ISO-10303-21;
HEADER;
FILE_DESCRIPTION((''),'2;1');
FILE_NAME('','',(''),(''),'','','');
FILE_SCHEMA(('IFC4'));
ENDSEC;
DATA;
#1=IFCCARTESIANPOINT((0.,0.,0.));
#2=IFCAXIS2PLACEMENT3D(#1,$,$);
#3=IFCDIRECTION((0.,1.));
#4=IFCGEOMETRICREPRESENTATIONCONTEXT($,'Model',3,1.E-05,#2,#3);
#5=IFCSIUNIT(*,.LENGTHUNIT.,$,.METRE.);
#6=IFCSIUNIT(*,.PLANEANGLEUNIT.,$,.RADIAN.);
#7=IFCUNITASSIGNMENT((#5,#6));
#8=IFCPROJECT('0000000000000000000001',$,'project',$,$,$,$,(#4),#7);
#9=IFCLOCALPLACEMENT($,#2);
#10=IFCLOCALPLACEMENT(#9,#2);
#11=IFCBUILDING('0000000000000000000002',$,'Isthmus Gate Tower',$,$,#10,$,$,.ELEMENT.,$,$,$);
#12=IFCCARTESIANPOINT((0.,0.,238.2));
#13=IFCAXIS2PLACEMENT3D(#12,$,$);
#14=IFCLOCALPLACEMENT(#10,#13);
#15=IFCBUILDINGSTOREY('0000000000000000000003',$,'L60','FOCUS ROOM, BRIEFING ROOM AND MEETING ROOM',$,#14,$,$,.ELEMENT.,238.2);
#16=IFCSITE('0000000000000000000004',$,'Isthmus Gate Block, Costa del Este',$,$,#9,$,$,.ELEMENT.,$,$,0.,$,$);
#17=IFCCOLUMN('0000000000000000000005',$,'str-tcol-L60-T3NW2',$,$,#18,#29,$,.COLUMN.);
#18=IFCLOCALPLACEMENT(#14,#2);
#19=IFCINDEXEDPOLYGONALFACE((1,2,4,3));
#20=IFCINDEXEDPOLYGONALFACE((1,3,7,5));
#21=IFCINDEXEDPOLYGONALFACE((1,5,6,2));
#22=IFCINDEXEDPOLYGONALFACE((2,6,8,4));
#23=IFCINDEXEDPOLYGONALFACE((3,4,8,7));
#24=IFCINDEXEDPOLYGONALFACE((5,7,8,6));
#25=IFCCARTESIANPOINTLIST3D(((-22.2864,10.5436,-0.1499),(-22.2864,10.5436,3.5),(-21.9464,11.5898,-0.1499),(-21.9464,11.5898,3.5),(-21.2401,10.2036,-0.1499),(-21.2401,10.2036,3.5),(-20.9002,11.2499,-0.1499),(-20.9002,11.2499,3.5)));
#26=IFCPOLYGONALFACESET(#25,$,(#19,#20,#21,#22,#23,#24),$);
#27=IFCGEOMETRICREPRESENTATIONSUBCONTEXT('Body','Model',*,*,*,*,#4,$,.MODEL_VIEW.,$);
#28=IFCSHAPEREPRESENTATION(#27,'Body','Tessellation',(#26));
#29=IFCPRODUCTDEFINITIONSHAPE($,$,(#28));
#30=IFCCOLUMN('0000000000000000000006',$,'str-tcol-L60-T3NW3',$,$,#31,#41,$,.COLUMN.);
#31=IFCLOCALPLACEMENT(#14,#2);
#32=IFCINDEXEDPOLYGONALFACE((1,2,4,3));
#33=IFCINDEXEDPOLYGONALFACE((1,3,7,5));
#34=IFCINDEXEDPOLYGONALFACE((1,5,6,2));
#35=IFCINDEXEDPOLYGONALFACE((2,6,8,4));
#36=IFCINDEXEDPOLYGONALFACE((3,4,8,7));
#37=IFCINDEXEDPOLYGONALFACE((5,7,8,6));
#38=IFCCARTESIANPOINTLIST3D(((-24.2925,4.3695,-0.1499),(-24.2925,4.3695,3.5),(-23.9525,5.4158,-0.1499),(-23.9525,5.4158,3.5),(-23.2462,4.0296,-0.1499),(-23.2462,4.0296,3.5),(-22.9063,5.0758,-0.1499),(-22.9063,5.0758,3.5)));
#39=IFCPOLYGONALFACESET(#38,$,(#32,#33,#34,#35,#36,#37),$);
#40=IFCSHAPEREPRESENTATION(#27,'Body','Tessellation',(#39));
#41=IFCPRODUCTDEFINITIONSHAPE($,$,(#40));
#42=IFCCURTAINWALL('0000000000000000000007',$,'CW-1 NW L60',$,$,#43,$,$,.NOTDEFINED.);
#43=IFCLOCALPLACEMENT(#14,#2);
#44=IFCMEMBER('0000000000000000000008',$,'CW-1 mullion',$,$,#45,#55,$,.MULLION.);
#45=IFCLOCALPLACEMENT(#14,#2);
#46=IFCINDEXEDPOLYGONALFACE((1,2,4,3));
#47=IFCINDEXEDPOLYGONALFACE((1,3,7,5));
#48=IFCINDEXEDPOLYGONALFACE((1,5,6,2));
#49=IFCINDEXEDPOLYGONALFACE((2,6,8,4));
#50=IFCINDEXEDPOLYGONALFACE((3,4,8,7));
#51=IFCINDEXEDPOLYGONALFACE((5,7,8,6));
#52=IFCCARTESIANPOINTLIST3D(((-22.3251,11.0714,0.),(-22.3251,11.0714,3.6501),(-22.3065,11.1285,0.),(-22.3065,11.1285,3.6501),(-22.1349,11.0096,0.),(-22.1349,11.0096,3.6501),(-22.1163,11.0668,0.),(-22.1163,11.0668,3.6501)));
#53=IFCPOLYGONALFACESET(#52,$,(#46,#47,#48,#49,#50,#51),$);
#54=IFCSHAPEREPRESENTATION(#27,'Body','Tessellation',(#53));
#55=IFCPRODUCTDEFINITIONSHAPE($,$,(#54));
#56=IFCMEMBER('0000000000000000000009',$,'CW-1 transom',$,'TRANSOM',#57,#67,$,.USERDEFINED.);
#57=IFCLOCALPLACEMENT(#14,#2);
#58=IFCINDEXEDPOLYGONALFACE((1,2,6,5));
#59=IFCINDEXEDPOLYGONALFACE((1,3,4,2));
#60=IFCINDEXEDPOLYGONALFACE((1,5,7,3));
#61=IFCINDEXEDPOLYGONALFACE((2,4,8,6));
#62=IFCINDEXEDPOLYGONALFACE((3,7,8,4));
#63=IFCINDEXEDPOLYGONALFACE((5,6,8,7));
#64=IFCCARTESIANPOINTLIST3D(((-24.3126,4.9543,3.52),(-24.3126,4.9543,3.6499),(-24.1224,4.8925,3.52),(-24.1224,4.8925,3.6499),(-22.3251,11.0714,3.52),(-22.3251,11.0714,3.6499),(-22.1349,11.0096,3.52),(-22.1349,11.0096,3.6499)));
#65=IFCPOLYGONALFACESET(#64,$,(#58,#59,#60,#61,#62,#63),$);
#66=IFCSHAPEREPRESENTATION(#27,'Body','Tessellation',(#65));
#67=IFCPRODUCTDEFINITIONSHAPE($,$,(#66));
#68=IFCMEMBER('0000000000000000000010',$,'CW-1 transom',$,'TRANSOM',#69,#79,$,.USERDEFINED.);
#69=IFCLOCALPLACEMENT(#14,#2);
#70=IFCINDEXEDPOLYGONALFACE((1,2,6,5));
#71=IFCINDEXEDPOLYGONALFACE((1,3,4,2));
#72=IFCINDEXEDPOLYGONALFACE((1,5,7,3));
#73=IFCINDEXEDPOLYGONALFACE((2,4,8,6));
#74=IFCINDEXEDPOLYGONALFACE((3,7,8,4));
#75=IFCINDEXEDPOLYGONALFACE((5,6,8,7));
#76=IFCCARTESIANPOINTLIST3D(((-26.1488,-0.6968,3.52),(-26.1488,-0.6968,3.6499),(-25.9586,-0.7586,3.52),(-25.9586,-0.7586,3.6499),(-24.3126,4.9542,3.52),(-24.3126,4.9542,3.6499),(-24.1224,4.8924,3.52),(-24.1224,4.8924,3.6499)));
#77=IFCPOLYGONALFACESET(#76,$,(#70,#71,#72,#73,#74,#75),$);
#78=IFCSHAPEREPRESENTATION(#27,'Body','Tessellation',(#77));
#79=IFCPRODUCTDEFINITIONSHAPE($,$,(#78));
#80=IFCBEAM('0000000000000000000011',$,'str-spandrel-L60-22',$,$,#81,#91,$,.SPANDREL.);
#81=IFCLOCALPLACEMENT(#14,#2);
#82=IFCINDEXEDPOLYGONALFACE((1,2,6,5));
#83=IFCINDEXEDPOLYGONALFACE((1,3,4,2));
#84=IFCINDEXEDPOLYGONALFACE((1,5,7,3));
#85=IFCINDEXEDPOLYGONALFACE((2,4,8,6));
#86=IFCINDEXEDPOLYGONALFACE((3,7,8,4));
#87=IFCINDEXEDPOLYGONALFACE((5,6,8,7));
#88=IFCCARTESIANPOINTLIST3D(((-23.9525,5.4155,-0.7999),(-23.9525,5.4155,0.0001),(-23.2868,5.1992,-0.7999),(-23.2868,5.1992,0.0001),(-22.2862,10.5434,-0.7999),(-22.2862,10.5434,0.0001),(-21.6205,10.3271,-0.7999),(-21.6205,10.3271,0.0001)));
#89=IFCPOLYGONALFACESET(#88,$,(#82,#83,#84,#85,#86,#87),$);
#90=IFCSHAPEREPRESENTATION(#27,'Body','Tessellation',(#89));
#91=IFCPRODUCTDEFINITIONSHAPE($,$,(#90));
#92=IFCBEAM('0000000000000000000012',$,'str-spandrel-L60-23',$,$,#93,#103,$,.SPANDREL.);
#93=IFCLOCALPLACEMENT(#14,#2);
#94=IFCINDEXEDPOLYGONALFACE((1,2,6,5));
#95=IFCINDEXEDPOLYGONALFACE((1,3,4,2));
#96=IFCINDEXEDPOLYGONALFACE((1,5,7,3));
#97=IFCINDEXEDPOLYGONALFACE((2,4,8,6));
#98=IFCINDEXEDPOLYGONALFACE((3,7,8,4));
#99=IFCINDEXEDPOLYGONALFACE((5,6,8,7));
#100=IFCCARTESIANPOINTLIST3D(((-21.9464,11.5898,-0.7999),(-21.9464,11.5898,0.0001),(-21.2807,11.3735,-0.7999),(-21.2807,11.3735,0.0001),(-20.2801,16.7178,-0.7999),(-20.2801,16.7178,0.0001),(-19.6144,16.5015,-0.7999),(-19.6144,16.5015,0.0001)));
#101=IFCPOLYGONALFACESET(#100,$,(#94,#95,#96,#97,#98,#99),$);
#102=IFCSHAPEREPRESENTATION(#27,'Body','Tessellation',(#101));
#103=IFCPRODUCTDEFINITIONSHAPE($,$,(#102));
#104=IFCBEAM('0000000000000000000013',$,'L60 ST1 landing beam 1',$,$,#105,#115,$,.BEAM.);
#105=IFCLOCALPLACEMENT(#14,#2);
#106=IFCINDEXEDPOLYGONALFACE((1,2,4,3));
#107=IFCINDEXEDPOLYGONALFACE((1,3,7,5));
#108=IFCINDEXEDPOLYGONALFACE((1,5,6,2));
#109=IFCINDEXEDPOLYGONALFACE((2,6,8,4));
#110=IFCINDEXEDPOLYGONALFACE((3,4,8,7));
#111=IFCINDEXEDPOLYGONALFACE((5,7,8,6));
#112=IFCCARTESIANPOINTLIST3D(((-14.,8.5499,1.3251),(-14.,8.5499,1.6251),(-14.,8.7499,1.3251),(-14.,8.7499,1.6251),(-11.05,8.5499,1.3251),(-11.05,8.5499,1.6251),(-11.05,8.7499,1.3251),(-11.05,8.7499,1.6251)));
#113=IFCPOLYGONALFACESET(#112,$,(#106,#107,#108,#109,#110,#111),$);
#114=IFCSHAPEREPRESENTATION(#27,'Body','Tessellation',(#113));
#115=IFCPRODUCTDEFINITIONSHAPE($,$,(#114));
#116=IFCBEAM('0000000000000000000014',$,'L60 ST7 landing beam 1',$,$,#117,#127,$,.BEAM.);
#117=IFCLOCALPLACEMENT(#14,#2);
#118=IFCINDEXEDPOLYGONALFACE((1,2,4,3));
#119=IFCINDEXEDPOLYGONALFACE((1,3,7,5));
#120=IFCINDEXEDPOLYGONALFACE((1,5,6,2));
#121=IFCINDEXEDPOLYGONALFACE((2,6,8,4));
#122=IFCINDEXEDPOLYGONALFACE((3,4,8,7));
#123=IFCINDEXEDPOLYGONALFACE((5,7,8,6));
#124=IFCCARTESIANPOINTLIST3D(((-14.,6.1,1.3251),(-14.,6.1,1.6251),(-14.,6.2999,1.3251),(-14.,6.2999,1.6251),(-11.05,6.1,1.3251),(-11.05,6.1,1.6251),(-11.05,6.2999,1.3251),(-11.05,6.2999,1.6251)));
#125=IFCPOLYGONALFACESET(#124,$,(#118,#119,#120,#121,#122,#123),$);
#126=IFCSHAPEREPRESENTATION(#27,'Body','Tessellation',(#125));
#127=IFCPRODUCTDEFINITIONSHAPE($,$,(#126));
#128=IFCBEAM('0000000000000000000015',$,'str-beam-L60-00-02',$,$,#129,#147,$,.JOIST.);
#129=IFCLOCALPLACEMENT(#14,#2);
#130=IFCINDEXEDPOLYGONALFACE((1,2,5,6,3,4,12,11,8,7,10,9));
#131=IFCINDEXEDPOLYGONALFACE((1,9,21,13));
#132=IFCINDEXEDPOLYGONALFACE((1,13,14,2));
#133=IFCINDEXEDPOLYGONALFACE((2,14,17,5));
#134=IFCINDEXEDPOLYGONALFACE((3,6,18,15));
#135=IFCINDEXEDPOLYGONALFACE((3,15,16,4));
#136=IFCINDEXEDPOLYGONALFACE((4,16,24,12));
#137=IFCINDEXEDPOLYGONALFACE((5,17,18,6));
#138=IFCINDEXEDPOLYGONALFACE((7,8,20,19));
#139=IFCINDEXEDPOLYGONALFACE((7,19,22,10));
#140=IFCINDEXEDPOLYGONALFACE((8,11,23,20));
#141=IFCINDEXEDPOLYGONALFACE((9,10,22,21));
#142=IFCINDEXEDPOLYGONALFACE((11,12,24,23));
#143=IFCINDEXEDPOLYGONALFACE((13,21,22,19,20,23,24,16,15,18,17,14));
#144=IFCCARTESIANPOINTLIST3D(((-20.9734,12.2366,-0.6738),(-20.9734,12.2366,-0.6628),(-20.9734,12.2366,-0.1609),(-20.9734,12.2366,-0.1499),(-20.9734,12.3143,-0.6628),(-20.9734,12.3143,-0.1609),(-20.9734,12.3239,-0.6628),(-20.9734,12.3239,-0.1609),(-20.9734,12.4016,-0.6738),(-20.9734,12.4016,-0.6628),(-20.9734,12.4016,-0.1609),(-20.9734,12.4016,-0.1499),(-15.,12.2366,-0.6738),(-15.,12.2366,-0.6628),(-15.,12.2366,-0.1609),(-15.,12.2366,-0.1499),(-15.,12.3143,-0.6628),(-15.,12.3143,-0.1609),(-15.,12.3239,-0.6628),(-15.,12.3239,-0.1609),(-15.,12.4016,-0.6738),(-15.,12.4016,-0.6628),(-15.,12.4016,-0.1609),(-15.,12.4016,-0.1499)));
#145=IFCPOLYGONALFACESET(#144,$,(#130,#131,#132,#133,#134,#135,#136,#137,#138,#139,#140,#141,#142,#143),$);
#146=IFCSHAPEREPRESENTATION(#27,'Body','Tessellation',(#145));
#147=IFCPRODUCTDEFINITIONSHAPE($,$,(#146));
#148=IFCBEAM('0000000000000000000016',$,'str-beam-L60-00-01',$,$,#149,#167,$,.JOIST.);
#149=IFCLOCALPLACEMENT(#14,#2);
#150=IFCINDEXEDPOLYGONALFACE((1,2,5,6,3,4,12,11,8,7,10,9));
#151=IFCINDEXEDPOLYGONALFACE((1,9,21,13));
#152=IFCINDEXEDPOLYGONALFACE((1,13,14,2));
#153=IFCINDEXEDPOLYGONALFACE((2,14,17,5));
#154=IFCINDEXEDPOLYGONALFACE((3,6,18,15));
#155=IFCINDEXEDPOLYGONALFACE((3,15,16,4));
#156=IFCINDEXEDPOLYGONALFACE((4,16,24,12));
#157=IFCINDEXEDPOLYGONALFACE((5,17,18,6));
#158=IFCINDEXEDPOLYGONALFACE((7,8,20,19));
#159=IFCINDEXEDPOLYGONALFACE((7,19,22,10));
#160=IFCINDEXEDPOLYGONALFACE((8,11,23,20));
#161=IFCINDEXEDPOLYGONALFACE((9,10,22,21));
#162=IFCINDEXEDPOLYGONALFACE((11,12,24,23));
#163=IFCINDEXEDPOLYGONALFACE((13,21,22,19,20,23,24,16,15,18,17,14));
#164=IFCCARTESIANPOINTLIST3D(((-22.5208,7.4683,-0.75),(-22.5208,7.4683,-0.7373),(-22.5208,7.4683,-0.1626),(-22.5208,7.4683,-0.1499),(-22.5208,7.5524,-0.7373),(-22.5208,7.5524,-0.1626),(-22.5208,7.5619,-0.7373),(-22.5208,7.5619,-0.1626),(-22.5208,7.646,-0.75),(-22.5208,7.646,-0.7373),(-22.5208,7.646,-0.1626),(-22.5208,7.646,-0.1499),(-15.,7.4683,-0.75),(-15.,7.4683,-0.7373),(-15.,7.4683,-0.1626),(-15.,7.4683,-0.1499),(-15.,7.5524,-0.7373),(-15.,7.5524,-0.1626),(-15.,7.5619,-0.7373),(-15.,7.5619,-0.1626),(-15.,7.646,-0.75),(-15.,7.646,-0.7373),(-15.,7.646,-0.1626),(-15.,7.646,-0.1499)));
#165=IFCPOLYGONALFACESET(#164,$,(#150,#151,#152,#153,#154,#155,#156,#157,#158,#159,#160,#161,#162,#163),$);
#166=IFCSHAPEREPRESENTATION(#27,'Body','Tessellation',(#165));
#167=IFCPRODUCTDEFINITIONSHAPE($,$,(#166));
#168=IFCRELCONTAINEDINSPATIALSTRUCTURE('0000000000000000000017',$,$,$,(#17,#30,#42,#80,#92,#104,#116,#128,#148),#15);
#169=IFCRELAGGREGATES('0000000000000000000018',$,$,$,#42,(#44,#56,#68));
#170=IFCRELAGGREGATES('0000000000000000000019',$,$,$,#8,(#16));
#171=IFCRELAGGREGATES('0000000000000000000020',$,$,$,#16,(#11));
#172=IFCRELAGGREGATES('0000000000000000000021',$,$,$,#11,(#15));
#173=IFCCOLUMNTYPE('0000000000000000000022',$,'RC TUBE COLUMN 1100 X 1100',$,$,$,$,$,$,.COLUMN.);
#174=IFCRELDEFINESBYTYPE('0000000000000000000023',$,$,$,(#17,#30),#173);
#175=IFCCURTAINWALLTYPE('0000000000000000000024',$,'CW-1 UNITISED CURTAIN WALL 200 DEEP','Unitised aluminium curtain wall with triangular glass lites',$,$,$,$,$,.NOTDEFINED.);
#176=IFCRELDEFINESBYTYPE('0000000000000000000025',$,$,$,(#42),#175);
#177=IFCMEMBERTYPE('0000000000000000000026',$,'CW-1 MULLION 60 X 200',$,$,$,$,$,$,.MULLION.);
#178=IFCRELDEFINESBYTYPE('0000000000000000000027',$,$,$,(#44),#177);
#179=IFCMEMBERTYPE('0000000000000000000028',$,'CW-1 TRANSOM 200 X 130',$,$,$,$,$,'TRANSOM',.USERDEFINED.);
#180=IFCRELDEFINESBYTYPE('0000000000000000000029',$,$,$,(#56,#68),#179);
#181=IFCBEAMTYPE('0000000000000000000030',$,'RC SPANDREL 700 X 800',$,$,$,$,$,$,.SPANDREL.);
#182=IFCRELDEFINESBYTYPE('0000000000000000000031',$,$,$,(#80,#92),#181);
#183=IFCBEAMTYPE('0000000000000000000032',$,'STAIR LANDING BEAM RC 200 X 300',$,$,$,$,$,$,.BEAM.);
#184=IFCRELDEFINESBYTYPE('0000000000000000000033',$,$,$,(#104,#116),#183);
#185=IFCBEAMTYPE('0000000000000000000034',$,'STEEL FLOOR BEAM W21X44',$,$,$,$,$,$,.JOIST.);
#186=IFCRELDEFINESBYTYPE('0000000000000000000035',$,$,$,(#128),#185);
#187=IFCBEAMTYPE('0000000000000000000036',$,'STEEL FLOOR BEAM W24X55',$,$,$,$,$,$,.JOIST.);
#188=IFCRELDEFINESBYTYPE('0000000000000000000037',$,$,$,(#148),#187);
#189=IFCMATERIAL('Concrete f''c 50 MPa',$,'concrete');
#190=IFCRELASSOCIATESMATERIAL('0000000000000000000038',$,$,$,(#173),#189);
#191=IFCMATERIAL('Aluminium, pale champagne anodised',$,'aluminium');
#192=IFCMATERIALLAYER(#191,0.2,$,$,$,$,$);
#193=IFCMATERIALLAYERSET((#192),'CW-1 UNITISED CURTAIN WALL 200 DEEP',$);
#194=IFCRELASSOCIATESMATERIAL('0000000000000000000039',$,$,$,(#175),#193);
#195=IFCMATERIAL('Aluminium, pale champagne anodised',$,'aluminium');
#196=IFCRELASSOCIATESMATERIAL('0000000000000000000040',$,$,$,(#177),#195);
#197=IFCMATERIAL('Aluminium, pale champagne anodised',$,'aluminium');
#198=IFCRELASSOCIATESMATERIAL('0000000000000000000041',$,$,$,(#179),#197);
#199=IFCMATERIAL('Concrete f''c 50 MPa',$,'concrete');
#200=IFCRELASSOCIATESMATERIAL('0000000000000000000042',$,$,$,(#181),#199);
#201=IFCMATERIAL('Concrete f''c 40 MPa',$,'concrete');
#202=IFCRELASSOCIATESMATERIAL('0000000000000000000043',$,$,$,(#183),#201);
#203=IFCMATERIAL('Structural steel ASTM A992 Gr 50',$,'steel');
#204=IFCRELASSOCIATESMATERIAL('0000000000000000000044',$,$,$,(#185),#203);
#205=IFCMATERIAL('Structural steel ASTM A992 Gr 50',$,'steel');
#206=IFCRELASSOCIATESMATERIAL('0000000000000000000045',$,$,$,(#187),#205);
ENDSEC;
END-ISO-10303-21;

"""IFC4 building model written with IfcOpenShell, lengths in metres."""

from ifc_helpers import new_model, si_unit, direction, frame, origin, origin_2d, place, context, subcontext, project, spatial, rectangle, i_section, extrude, material, layer, layer_set, material_profile, profile_set, type_object, element, aggregate, save


model = new_model("IFC4")

# Units and contexts
model_context = context("Model", 3, precision=1e-05, world=origin(), true_north=direction((0.0, 1.0)))
body_context = subcontext(model_context, "Body", "Model", "MODEL_VIEW")
ifc_project = project(units=[si_unit("LENGTHUNIT", "METRE"), si_unit("PLANEANGLEUNIT", "RADIAN")], contexts=[model_context])

# Site, building, storey
site_placement = place(None, origin())
site = spatial("IfcSite", under=ifc_project, at=site_placement, Name="Isthmus Gate Block, Costa del Este", CompositionType="ELEMENT", RefElevation=0.0)
building_placement = place(site_placement, origin())
building = spatial("IfcBuilding", under=site, at=building_placement, Name="Isthmus Gate Tower", CompositionType="ELEMENT")
storey_placement = place(building_placement, frame((0.0, 0.0, 238.2)))
storey = spatial("IfcBuildingStorey", under=building, at=storey_placement, Name="L60", Description="FOCUS ROOM, BRIEFING ROOM AND MEETING ROOM", CompositionType="ELEMENT", Elevation=238.2)

# Columns
ifc_material_1 = material(Name="Concrete f'c 50 MPa", Category="concrete")
ifc_material_profile_1 = material_profile(ifc_material_1, rectangle(XDim=1.1001, YDim=1.1001, at=origin_2d()), Name="RC 1100X1100")
ifc_profile_set_1 = profile_set([ifc_material_profile_1], Name="Concrete f'c 50 MPa")
column_type = type_object("IfcColumnType", Name="RC TUBE COLUMN 1100 X 1100", PredefinedType="COLUMN", material=ifc_profile_set_1)
for number, where, z_axis, x_axis, name in (
    (1, (-21.5933, 10.8967, -0.1499), (0.0, 0.0, 1.0), (-0.309017, -0.951057, 0.0), "str-tcol-L60-T3NW2"),
    (2, (-23.5994, 4.7227, -0.1499), (0.0, 0.0, 1.0), (-0.309017, -0.951057, 0.0), "str-tcol-L60-T3NW3"),
):
    element("IfcColumn", number, at=place(storey_placement, frame(where, z_axis=z_axis, x_axis=x_axis)), inside=storey, type_object=column_type, Name=name, PredefinedType="COLUMN", context=body_context, shape_type="SweptSolid", body=[
        extrude(rectangle(XDim=1.1001, YDim=1.1001, at=origin_2d()), origin(), (0.0, 0.0, 1.0), 3.6499),
    ])

# Curtain wall, members
ifc_material_2 = material(Name="Aluminium, pale champagne anodised", Category="aluminium")
ifc_layer_1 = layer(ifc_material_2, 0.2)
ifc_layer_set_1 = layer_set([ifc_layer_1], Name="CW-1 UNITISED CURTAIN WALL 200 DEEP")
curtain_wall_type = type_object("IfcCurtainWallType", Name="CW-1 UNITISED CURTAIN WALL 200 DEEP", Description="Unitised aluminium curtain wall with triangular glass lites", PredefinedType="NOTDEFINED", material=ifc_layer_set_1)
curtain_wall_placement = place(storey_placement, origin())
curtain_wall = element("IfcCurtainWall", 3, at=curtain_wall_placement, inside=storey, type_object=curtain_wall_type, Name="CW-1 NW L60", PredefinedType="NOTDEFINED")
ifc_material_3 = material(Name="Aluminium, pale champagne anodised", Category="aluminium")
ifc_material_profile_2 = material_profile(ifc_material_3, rectangle(XDim=0.0601, YDim=0.2, at=origin_2d()), Name="60x200")
ifc_profile_set_2 = profile_set([ifc_material_profile_2], Name="Aluminium, pale champagne anodised")
member_type_1 = type_object("IfcMemberType", Name="CW-1 MULLION 60 X 200", PredefinedType="MULLION", material=ifc_profile_set_2)
member_1_placement = place(storey_placement, frame((-22.2207, 11.0691, 0.0), z_axis=(0.0, 0.0, 1.0), x_axis=(-0.309017, -0.951057, 0.0)))
member_1 = element("IfcMember", 4, at=member_1_placement, type_object=member_type_1, Name="CW-1 mullion", PredefinedType="MULLION", context=body_context, shape_type="SweptSolid", body=[
    extrude(rectangle(XDim=0.0601, YDim=0.2, at=origin_2d()), origin(), (0.0, 0.0, 1.0), 3.6501),
])
ifc_material_4 = material(Name="Aluminium, pale champagne anodised", Category="aluminium")
ifc_material_profile_3 = material_profile(ifc_material_4, rectangle(XDim=0.2, YDim=0.1299, at=origin_2d()), Name="200x130")
ifc_profile_set_3 = profile_set([ifc_material_profile_3], Name="Aluminium, pale champagne anodised")
member_type_2 = type_object("IfcMemberType", Name="CW-1 TRANSOM 200 X 130", ElementType="TRANSOM", PredefinedType="USERDEFINED", material=ifc_profile_set_3)
member_2_placement = place(storey_placement, frame((-22.23, 11.0405, 3.585), z_axis=(-0.309011, -0.951059, 0.0), x_axis=(0.951059, -0.309011, 0.0)))
member_2 = element("IfcMember", 5, at=member_2_placement, type_object=member_type_2, Name="CW-1 transom", ObjectType="TRANSOM", PredefinedType="USERDEFINED", context=body_context, shape_type="SweptSolid", body=[
    extrude(rectangle(XDim=0.2, YDim=0.1299, at=origin_2d()), origin(), (0.0, 0.0, 1.0), 6.4319),
])
member_3_placement = place(storey_placement, frame((-24.2175, 4.9233, 3.585), z_axis=(-0.30902, -0.951056, 0.0), x_axis=(0.951056, -0.30902, 0.0)))
member_3 = element("IfcMember", 6, at=member_3_placement, type_object=member_type_2, Name="CW-1 transom", ObjectType="TRANSOM", PredefinedType="USERDEFINED", context=body_context, shape_type="SweptSolid", body=[
    extrude(rectangle(XDim=0.2, YDim=0.1299, at=origin_2d()), origin(), (0.0, 0.0, 1.0), 5.9419),
])

# Beams
ifc_material_5 = material(Name="Concrete f'c 50 MPa", Category="concrete")
ifc_material_profile_4 = material_profile(ifc_material_5, rectangle(XDim=0.7, YDim=0.8, at=origin_2d()), Name="RC 700X800")
ifc_profile_set_4 = profile_set([ifc_material_profile_4], Name="Concrete f'c 50 MPa")
beam_type_1 = type_object("IfcBeamType", Name="RC SPANDREL 700 X 800", PredefinedType="SPANDREL", material=ifc_profile_set_4)
for number, where, z_axis, x_axis, name in (
    (7, (-23.6196, 5.3074, -0.3999), (0.309033, 0.951051, 0.0), (-0.951051, 0.309033, 0.0), "str-spandrel-L60-22"),
    (8, (-21.6135, 11.4817, -0.3999), (0.309033, 0.951051, 0.0), (-0.951051, 0.309033, 0.0), "str-spandrel-L60-23"),
):
    element("IfcBeam", number, at=place(storey_placement, frame(where, z_axis=z_axis, x_axis=x_axis)), inside=storey, type_object=beam_type_1, Name=name, PredefinedType="SPANDREL", context=body_context, shape_type="SweptSolid", body=[
        extrude(rectangle(XDim=0.7, YDim=0.8, at=origin_2d()), origin(), (0.0, 0.0, 1.0), 5.3918),
    ])
ifc_material_6 = material(Name="Concrete f'c 40 MPa", Category="concrete")
ifc_material_profile_5 = material_profile(ifc_material_6, rectangle(XDim=0.2, YDim=0.3, at=origin_2d()), Name="STAIR LANDING BEAM RC 200 X 300")
ifc_profile_set_5 = profile_set([ifc_material_profile_5], Name="Concrete f'c 40 MPa")
beam_type_2 = type_object("IfcBeamType", Name="STAIR LANDING BEAM RC 200 X 300", PredefinedType="BEAM", material=ifc_profile_set_5)
for number, where, z_axis, x_axis, name in (
    (9, (-14.0, 8.6499, 1.4751), (1.0, 0.0, 0.0), (0.0, 1.0, 0.0), "L60 ST1 landing beam 1"),
    (10, (-14.0, 6.2, 1.4751), (1.0, 0.0, 0.0), (0.0, 1.0, 0.0), "L60 ST7 landing beam 1"),
):
    element("IfcBeam", number, at=place(storey_placement, frame(where, z_axis=z_axis, x_axis=x_axis)), inside=storey, type_object=beam_type_2, Name=name, PredefinedType="BEAM", context=body_context, shape_type="SweptSolid", body=[
        extrude(rectangle(XDim=0.2, YDim=0.3, at=origin_2d()), origin(), (0.0, 0.0, 1.0), 2.95),
    ])
ifc_material_7 = material(Name="Structural steel ASTM A992 Gr 50", Category="steel")
ifc_material_profile_6 = material_profile(ifc_material_7, i_section(OverallWidth=0.165, OverallDepth=0.5239, WebThickness=0.0095, FlangeThickness=0.011, at=origin_2d()), Name="W21X44")
ifc_profile_set_6 = profile_set([ifc_material_profile_6], Name="Structural steel ASTM A992 Gr 50")
beam_type_3 = type_object("IfcBeamType", Name="STEEL FLOOR BEAM W21X44", PredefinedType="JOIST", material=ifc_profile_set_6)
beam_1_placement = place(storey_placement, frame((-20.9734, 12.3191, -0.4119), z_axis=(1.0, 0.0, 0.0), x_axis=(0.0, 1.0, 0.0)))
element("IfcBeam", 11, at=beam_1_placement, inside=storey, type_object=beam_type_3, Name="str-beam-L60-00-02", PredefinedType="JOIST", context=body_context, shape_type="SweptSolid", body=[
    extrude(i_section(OverallWidth=0.165, OverallDepth=0.5239, WebThickness=0.0095, FlangeThickness=0.011, at=origin_2d()), origin(), (0.0, 0.0, 1.0), 5.9734),
])
ifc_material_8 = material(Name="Structural steel ASTM A992 Gr 50", Category="steel")
ifc_material_profile_7 = material_profile(ifc_material_8, i_section(OverallWidth=0.1777, OverallDepth=0.6001, WebThickness=0.0095, FlangeThickness=0.0127, at=origin_2d()), Name="W24X55")
ifc_profile_set_7 = profile_set([ifc_material_profile_7], Name="Structural steel ASTM A992 Gr 50")
beam_type_4 = type_object("IfcBeamType", Name="STEEL FLOOR BEAM W24X55", PredefinedType="JOIST", material=ifc_profile_set_7)
beam_2_placement = place(storey_placement, frame((-22.5208, 7.5571, -0.45), z_axis=(1.0, 0.0, 0.0), x_axis=(0.0, 1.0, 0.0)))
element("IfcBeam", 12, at=beam_2_placement, inside=storey, type_object=beam_type_4, Name="str-beam-L60-00-01", PredefinedType="JOIST", context=body_context, shape_type="SweptSolid", body=[
    extrude(i_section(OverallWidth=0.1777, OverallDepth=0.6001, WebThickness=0.0095, FlangeThickness=0.0127, at=origin_2d()), origin(), (0.0, 0.0, 1.0), 7.5208),
])

aggregate(curtain_wall, [member_1, member_2, member_3])

save(model, "model.ifc")
